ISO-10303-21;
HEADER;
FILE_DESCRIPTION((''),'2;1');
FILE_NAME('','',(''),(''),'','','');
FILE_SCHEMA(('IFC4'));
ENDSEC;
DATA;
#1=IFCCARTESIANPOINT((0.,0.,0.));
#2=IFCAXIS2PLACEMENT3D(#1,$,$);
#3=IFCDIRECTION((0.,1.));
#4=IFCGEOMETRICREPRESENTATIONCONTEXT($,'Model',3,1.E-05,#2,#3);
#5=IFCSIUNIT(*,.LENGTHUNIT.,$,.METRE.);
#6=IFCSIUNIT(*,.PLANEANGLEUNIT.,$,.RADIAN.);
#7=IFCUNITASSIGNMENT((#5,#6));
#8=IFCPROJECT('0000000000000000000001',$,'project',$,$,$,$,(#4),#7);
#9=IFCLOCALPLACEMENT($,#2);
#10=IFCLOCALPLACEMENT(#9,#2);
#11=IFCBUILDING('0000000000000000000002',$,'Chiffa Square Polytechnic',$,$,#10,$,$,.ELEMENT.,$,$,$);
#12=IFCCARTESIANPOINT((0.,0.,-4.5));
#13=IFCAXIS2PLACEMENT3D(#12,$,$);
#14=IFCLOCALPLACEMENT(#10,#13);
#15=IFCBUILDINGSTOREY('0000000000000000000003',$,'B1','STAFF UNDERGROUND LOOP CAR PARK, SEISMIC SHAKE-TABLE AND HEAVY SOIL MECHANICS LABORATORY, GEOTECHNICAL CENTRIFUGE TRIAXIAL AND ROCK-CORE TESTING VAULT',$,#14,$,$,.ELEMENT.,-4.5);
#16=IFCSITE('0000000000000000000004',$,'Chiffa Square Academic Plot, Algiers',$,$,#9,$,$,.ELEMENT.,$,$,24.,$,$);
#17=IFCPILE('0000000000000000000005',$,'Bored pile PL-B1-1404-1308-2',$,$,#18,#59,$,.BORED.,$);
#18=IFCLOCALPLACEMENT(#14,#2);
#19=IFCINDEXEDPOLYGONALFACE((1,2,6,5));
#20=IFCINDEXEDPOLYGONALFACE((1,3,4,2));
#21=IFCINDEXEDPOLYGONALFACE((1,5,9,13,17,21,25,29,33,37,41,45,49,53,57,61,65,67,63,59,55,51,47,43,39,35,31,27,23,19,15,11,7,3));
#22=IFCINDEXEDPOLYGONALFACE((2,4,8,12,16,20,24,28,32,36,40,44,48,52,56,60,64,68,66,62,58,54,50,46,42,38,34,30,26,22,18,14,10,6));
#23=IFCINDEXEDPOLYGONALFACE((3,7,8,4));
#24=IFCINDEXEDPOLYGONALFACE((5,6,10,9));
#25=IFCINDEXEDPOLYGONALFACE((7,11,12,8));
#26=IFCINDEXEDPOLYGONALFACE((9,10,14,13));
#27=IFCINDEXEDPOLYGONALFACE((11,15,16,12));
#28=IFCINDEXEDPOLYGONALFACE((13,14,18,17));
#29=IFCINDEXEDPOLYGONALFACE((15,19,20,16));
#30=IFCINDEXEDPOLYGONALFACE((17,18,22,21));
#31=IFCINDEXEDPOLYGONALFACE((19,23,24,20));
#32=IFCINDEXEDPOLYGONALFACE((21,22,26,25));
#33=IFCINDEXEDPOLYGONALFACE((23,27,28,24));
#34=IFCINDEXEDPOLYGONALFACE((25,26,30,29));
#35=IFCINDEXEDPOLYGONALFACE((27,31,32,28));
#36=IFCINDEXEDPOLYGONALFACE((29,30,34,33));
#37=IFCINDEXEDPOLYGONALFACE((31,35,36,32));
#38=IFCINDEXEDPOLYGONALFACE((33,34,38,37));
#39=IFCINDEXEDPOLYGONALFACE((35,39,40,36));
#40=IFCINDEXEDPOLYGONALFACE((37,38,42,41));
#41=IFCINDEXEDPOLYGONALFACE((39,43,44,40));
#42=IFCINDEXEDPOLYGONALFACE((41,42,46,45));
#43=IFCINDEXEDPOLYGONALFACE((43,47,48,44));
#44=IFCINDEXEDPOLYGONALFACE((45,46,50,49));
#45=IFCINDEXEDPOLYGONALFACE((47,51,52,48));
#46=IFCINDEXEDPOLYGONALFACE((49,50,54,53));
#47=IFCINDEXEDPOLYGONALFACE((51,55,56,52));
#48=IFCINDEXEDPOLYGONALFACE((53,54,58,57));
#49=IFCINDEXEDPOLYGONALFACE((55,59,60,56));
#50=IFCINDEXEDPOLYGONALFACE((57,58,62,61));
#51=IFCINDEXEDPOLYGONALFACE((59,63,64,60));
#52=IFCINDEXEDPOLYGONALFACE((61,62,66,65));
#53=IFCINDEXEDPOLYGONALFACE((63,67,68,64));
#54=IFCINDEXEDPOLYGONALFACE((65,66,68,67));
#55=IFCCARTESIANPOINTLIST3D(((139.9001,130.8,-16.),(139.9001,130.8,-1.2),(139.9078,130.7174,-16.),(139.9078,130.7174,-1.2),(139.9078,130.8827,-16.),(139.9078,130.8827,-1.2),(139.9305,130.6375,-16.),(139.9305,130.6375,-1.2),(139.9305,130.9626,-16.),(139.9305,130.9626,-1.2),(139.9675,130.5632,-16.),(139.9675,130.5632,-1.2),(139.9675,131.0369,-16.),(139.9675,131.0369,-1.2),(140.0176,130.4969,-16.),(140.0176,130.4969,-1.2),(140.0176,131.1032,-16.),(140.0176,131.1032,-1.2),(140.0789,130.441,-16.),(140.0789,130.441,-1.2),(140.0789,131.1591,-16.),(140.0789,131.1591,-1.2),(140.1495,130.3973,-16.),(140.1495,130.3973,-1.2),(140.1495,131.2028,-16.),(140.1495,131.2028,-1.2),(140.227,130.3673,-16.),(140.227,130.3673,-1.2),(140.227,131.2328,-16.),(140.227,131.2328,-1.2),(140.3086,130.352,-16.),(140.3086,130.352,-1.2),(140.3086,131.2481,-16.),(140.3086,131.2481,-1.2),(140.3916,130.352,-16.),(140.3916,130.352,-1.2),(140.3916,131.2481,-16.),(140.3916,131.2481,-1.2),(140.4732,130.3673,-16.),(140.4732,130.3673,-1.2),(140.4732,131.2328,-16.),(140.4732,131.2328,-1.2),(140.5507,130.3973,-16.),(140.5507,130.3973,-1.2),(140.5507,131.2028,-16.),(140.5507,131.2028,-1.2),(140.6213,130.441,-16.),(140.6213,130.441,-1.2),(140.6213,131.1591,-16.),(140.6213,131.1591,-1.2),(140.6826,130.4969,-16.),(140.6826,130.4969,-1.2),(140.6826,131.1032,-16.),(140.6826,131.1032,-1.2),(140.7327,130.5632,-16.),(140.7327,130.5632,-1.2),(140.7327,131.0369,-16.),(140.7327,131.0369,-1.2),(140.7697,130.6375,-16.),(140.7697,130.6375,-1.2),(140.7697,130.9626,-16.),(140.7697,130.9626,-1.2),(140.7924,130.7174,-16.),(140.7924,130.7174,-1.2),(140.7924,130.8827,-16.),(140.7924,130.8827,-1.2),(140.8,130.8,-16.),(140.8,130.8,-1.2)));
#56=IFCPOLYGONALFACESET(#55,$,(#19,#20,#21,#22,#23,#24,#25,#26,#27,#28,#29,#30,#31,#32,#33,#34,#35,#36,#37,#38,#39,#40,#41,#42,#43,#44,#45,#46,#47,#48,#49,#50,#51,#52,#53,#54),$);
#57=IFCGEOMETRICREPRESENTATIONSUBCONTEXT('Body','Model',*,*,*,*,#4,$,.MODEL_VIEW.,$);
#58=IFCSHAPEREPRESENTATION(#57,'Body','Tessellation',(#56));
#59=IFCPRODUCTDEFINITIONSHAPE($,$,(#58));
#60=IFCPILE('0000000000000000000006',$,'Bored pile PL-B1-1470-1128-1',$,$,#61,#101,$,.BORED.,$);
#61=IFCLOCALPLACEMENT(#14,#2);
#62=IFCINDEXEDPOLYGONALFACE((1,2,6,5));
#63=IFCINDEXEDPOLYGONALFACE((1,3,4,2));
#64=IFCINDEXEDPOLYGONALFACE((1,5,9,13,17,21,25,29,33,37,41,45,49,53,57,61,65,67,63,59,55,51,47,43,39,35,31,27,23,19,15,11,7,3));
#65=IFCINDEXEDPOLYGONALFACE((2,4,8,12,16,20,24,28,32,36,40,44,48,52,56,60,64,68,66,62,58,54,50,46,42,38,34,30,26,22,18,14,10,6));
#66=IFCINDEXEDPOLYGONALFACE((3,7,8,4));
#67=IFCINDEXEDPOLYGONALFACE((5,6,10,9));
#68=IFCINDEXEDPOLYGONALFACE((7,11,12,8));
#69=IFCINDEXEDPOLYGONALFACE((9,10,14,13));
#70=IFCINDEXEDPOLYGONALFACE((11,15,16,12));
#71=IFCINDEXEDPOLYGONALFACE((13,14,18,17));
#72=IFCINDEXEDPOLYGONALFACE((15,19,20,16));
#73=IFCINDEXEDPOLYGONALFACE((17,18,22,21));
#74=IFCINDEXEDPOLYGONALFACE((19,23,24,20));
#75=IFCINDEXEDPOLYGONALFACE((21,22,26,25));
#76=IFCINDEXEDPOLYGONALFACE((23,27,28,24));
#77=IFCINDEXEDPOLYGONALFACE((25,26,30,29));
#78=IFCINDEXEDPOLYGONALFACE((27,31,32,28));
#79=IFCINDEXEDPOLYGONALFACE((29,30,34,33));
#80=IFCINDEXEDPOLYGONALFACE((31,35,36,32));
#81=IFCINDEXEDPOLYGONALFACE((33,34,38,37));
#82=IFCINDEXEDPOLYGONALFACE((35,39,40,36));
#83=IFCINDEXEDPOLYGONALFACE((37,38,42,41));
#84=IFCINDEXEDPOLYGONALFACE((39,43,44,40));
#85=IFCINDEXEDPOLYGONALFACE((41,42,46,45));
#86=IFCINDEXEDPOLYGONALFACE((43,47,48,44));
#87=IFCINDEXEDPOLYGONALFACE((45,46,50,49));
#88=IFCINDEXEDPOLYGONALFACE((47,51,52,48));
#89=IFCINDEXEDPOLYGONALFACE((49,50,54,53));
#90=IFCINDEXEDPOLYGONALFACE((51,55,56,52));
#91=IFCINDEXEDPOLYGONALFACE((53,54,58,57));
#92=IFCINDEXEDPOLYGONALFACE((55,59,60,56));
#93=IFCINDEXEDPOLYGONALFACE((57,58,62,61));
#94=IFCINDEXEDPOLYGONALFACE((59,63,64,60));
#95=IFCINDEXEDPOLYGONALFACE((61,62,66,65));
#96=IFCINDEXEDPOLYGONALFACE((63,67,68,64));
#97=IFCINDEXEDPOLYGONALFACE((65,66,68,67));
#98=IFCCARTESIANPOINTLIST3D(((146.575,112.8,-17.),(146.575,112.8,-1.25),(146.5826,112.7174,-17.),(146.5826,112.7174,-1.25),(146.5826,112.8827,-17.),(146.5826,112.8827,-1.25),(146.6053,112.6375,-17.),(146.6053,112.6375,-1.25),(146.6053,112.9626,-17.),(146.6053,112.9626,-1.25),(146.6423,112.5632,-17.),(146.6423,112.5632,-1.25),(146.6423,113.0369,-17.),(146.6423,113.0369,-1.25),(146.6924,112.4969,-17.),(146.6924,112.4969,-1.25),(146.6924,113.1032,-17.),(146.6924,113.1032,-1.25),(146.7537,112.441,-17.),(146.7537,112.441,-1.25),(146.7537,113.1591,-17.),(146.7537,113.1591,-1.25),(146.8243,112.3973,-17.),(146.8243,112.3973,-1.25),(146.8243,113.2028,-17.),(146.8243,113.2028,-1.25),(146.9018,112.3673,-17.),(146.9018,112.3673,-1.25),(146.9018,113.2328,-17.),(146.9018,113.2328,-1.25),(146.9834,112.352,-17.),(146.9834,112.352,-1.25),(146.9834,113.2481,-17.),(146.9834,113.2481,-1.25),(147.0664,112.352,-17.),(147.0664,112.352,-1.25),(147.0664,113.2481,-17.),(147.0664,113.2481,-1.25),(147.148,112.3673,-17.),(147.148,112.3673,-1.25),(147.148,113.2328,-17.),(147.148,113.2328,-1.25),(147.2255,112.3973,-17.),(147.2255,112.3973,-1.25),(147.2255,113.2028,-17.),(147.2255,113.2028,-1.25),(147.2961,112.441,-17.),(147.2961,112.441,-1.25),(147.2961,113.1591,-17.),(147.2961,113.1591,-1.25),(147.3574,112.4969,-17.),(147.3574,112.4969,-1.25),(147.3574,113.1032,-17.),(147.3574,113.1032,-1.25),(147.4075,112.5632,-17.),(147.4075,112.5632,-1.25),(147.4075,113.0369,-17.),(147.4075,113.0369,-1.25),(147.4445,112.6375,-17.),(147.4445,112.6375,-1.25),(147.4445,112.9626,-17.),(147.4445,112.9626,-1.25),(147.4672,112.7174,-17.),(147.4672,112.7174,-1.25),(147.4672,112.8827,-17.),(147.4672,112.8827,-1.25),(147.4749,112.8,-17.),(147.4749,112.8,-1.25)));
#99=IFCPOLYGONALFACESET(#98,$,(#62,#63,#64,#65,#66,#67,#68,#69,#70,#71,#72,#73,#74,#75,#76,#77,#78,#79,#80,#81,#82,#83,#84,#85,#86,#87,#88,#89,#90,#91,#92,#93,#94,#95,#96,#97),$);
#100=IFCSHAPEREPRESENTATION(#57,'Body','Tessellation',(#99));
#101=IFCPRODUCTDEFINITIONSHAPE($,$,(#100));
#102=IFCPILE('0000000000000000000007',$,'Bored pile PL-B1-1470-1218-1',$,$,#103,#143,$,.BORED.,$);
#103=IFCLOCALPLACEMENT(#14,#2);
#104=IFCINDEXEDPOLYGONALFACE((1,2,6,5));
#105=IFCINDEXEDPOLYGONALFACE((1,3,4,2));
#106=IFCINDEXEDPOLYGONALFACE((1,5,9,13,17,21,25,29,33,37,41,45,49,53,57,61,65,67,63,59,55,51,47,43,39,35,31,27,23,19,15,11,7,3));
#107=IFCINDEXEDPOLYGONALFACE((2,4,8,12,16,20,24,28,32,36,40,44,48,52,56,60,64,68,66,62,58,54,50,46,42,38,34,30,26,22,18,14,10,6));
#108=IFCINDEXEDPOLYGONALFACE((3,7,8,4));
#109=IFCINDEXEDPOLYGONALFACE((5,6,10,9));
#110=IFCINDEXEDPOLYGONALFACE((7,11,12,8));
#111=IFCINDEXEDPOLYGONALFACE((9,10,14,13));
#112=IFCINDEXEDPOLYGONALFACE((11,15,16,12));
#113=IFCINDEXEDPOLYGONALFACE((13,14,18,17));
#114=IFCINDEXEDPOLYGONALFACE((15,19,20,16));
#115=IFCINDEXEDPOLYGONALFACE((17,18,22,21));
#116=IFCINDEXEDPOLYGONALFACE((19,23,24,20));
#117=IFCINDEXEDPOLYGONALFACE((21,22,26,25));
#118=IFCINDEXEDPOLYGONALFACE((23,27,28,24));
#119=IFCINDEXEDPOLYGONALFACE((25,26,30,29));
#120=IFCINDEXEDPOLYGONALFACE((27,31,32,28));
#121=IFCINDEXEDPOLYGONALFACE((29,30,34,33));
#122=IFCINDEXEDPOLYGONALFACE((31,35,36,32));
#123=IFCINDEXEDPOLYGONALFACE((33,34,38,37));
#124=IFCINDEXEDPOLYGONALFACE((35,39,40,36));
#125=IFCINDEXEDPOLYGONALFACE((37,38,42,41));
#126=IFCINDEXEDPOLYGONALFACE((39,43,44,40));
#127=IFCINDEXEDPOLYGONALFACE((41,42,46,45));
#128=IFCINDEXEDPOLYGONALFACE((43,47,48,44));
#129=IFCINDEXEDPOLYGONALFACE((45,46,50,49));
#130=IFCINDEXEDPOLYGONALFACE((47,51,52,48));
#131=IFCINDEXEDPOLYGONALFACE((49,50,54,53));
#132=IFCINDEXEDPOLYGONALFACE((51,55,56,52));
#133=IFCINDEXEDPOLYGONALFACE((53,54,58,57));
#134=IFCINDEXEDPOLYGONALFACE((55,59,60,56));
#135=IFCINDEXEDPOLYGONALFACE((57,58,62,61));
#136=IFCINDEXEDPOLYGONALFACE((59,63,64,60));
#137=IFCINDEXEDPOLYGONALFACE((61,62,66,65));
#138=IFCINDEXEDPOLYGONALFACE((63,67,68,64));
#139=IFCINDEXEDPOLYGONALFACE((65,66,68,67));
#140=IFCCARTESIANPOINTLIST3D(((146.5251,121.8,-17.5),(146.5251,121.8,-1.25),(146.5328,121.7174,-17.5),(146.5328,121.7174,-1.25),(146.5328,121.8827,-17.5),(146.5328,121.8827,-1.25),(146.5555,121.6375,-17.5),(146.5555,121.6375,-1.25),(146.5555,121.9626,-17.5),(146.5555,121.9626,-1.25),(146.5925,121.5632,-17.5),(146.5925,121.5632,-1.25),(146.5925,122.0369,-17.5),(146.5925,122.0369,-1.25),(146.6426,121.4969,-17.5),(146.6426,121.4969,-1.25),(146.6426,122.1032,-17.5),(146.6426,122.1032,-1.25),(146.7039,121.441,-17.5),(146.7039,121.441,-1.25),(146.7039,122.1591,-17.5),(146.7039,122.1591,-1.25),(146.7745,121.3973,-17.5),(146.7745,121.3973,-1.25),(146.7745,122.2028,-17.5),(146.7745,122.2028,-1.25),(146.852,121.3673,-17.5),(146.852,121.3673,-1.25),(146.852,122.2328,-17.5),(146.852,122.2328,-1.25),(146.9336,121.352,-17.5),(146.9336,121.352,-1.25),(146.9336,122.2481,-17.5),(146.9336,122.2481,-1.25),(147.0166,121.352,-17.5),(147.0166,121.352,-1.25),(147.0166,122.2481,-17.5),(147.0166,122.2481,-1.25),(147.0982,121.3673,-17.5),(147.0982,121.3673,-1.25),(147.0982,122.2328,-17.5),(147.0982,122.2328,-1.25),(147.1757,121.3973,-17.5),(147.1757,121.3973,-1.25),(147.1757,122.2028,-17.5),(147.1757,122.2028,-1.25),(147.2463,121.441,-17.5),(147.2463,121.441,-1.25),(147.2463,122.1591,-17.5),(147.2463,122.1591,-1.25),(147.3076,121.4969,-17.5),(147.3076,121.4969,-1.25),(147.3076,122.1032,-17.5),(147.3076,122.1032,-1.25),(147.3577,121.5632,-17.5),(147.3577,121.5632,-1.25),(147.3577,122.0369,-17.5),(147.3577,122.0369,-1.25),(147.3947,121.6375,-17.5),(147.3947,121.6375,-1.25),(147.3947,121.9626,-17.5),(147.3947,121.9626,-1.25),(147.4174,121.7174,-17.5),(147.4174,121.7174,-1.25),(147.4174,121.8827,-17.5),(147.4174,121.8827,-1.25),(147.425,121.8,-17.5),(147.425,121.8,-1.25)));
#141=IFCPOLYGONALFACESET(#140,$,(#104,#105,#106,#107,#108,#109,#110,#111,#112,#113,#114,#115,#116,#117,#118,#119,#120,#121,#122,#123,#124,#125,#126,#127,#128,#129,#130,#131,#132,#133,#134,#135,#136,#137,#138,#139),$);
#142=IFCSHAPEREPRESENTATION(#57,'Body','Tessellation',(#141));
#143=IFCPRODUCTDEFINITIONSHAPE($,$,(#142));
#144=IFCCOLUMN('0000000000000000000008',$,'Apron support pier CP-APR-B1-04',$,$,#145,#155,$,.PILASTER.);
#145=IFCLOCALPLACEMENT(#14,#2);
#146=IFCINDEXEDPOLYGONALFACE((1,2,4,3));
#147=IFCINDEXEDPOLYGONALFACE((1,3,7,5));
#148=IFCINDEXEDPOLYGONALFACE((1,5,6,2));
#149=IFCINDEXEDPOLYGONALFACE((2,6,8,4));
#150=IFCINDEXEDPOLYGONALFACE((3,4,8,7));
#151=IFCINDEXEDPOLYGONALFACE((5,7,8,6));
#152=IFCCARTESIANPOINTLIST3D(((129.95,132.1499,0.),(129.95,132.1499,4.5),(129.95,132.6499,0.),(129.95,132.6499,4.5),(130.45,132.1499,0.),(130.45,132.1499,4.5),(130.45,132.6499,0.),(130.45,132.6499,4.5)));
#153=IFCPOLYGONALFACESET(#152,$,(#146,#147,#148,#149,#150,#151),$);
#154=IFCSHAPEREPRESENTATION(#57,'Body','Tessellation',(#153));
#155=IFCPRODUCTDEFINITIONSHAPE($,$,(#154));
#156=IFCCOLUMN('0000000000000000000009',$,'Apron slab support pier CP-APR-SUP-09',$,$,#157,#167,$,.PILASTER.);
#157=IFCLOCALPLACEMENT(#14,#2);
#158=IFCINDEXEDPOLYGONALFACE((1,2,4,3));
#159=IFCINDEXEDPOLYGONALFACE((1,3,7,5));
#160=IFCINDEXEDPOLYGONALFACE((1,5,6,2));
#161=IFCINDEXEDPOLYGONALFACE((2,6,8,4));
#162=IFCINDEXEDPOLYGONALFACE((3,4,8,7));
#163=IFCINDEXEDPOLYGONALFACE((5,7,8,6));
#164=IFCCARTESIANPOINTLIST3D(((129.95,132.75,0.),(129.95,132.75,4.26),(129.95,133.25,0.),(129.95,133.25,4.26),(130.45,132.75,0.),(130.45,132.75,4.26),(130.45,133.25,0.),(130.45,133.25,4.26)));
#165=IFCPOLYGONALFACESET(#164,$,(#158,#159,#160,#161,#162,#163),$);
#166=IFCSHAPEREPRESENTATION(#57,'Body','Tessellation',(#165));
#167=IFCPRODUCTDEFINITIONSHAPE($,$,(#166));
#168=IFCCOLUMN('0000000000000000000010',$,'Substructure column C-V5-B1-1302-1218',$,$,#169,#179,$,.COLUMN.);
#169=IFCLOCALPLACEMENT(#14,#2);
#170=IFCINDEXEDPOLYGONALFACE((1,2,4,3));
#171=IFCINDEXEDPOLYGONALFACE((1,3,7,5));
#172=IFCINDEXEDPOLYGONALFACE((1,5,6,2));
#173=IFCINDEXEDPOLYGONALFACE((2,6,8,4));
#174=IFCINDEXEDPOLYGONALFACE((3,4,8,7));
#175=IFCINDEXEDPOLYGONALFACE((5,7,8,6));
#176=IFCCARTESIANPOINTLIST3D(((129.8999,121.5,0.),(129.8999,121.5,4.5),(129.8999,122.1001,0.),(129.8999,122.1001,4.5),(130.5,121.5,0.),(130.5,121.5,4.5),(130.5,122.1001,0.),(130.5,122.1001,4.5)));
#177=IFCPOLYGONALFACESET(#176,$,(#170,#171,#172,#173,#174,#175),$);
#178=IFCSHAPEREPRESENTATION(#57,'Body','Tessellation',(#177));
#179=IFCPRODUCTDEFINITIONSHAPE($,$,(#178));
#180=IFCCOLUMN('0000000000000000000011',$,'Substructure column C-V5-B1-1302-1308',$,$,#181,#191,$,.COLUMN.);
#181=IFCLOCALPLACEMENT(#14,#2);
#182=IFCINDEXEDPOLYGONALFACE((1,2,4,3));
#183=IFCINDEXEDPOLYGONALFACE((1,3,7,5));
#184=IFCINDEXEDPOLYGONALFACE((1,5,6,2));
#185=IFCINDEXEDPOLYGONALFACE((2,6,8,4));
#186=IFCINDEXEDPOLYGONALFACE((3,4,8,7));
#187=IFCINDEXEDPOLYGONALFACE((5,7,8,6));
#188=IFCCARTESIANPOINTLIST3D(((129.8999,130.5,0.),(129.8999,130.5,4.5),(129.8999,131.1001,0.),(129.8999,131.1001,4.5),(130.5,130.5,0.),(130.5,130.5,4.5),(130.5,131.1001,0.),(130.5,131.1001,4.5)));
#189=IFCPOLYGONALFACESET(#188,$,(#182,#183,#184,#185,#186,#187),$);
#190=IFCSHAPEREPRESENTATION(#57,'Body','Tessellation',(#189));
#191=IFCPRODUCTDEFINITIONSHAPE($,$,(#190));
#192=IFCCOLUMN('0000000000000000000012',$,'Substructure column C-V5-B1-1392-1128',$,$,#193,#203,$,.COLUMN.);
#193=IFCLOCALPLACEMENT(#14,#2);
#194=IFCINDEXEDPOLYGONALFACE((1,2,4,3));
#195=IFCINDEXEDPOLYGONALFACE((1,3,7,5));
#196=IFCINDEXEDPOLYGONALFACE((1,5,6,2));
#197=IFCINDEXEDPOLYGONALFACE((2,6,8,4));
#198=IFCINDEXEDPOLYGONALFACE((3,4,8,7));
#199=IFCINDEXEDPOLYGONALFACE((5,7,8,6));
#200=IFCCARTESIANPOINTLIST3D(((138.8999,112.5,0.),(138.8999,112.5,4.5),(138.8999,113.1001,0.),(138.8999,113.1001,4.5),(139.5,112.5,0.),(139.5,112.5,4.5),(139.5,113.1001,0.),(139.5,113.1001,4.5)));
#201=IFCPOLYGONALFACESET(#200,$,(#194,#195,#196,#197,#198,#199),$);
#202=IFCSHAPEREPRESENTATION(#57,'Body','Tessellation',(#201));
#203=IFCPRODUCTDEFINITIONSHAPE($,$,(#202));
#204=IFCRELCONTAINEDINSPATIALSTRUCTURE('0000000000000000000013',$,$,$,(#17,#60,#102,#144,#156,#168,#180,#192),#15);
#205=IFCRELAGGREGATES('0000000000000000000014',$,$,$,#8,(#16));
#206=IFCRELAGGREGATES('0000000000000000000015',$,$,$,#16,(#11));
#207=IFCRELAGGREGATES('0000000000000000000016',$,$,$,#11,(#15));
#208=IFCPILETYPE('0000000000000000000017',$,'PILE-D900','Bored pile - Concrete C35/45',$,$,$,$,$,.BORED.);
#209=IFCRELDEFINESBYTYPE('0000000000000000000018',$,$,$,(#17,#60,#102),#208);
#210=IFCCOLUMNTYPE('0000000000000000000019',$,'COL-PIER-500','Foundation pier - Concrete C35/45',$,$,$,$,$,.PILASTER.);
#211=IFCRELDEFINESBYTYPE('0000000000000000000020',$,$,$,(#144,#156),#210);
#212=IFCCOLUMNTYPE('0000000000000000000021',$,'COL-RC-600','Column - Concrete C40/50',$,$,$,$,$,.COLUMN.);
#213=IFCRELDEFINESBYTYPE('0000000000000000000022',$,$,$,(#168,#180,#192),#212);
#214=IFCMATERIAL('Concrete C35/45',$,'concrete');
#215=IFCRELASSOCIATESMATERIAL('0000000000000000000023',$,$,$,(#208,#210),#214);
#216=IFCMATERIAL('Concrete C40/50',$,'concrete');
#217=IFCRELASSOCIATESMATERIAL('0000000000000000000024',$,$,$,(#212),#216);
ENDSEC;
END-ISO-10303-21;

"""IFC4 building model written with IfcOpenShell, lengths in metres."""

from ifc_helpers import new_model, si_unit, direction, frame, origin, origin_2d, place, context, subcontext, project, spatial, rectangle, circle, extrude, material, material_profile, profile_set, type_object, element, save


model = new_model("IFC4")

# Units and contexts
model_context = context("Model", 3, precision=1e-05, world=origin(), true_north=direction((0.0, 1.0)))
body_context = subcontext(model_context, "Body", "Model", "MODEL_VIEW")
ifc_project = project(units=[si_unit("LENGTHUNIT", "METRE"), si_unit("PLANEANGLEUNIT", "RADIAN")], contexts=[model_context])

# Site, building, storey
site_placement = place(None, origin())
site = spatial("IfcSite", under=ifc_project, at=site_placement, Name="Chiffa Square Academic Plot, Algiers", CompositionType="ELEMENT", RefElevation=24.0)
building_placement = place(site_placement, origin())
building = spatial("IfcBuilding", under=site, at=building_placement, Name="Chiffa Square Polytechnic", CompositionType="ELEMENT")
storey_placement = place(building_placement, frame((0.0, 0.0, -4.5)))
storey = spatial("IfcBuildingStorey", under=building, at=storey_placement, Name="B1", Description="STAFF UNDERGROUND LOOP CAR PARK, SEISMIC SHAKE-TABLE AND HEAVY SOIL MECHANICS LABORATORY, GEOTECHNICAL CENTRIFUGE TRIAXIAL AND ROCK-CORE TESTING VAULT", CompositionType="ELEMENT", Elevation=-4.5)

# Shared definitions
ifc_material_1 = material(Name="Concrete C35/45", Category="concrete")

# Piles
ifc_material_profile_1 = material_profile(ifc_material_1, circle(Radius=0.45, at=origin_2d()), Name="PILE D900")
ifc_profile_set_1 = profile_set([ifc_material_profile_1], Name="Concrete C35/45")
pile_type_1 = type_object("IfcPileType", Name="PILE-D900", Description="Bored pile - Concrete C35/45", PredefinedType="BORED", material=ifc_profile_set_1)
for number, where, z_axis, x_axis, name in (
    (1, (140.3501, 130.8, -1.2), (0.0, 0.0, -1.0), (1.0, 0.0, 0.0), "Bored pile PL-B1-1404-1308-2"),
):
    element("IfcPile", number, at=place(storey_placement, frame(where, z_axis=z_axis, x_axis=x_axis)), inside=storey, type_object=pile_type_1, Name=name, PredefinedType="BORED", context=body_context, shape_type="SweptSolid", body=[
        extrude(circle(Radius=0.45, at=origin_2d()), origin(), (0.0, 0.0, 1.0), 14.8),
    ])
pile_1_placement = place(storey_placement, frame((147.0249, 112.8, -1.25), z_axis=(0.0, 0.0, -1.0), x_axis=(1.0, 0.0, 0.0)))
element("IfcPile", 2, at=pile_1_placement, inside=storey, type_object=pile_type_1, Name="Bored pile PL-B1-1470-1128-1", PredefinedType="BORED", context=body_context, shape_type="SweptSolid", body=[
    extrude(circle(Radius=0.45, at=origin_2d()), origin(), (0.0, 0.0, 1.0), 15.75),
])
pile_2_placement = place(storey_placement, frame((146.9751, 121.8, -1.25), z_axis=(0.0, 0.0, -1.0), x_axis=(1.0, 0.0, 0.0)))
element("IfcPile", 3, at=pile_2_placement, inside=storey, type_object=pile_type_1, Name="Bored pile PL-B1-1470-1218-1", PredefinedType="BORED", context=body_context, shape_type="SweptSolid", body=[
    extrude(circle(Radius=0.45, at=origin_2d()), origin(), (0.0, 0.0, 1.0), 16.25),
])

# Columns
ifc_material_profile_2 = material_profile(ifc_material_1, rectangle(XDim=0.5, YDim=0.5, at=origin_2d()), Name="RC 500x500")
ifc_profile_set_2 = profile_set([ifc_material_profile_2], Name="Concrete C35/45")
column_type_1 = type_object("IfcColumnType", Name="COL-PIER-500", Description="Foundation pier - Concrete C35/45", PredefinedType="PILASTER", material=ifc_profile_set_2)
column_1_placement = place(storey_placement, frame((130.2, 132.3999, 0.0), z_axis=(0.0, 0.0, 1.0), x_axis=(1.0, 0.0, 0.0)))
element("IfcColumn", 4, at=column_1_placement, inside=storey, type_object=column_type_1, Name="Apron support pier CP-APR-B1-04", PredefinedType="PILASTER", context=body_context, shape_type="SweptSolid", body=[
    extrude(rectangle(XDim=0.5, YDim=0.5, at=origin_2d()), origin(), (0.0, 0.0, 1.0), 4.5),
])
column_2_placement = place(storey_placement, frame((130.2, 133.0, 0.0), z_axis=(0.0, 0.0, 1.0), x_axis=(1.0, 0.0, 0.0)))
element("IfcColumn", 5, at=column_2_placement, inside=storey, type_object=column_type_1, Name="Apron slab support pier CP-APR-SUP-09", PredefinedType="PILASTER", context=body_context, shape_type="SweptSolid", body=[
    extrude(rectangle(XDim=0.5, YDim=0.5, at=origin_2d()), origin(), (0.0, 0.0, 1.0), 4.26),
])
ifc_material_2 = material(Name="Concrete C40/50", Category="concrete")
ifc_material_profile_3 = material_profile(ifc_material_2, rectangle(XDim=0.6001, YDim=0.6001, at=origin_2d()), Name="RC 600x600")
ifc_profile_set_3 = profile_set([ifc_material_profile_3], Name="Concrete C40/50")
column_type_2 = type_object("IfcColumnType", Name="COL-RC-600", Description="Column - Concrete C40/50", PredefinedType="COLUMN", material=ifc_profile_set_3)
for number, where, z_axis, x_axis, name in (
    (6, (130.2, 121.8, 0.0), (0.0, 0.0, 1.0), (1.0, 0.0, 0.0), "Substructure column C-V5-B1-1302-1218"),
    (7, (130.2, 130.8, 0.0), (0.0, 0.0, 1.0), (1.0, 0.0, 0.0), "Substructure column C-V5-B1-1302-1308"),
    (8, (139.2, 112.8, 0.0), (0.0, 0.0, 1.0), (1.0, 0.0, 0.0), "Substructure column C-V5-B1-1392-1128"),
):
    element("IfcColumn", number, at=place(storey_placement, frame(where, z_axis=z_axis, x_axis=x_axis)), inside=storey, type_object=column_type_2, Name=name, PredefinedType="COLUMN", context=body_context, shape_type="SweptSolid", body=[
        extrude(rectangle(XDim=0.6001, YDim=0.6001, at=origin_2d()), origin(), (0.0, 0.0, 1.0), 4.5),
    ])

save(model, "model.ifc")
